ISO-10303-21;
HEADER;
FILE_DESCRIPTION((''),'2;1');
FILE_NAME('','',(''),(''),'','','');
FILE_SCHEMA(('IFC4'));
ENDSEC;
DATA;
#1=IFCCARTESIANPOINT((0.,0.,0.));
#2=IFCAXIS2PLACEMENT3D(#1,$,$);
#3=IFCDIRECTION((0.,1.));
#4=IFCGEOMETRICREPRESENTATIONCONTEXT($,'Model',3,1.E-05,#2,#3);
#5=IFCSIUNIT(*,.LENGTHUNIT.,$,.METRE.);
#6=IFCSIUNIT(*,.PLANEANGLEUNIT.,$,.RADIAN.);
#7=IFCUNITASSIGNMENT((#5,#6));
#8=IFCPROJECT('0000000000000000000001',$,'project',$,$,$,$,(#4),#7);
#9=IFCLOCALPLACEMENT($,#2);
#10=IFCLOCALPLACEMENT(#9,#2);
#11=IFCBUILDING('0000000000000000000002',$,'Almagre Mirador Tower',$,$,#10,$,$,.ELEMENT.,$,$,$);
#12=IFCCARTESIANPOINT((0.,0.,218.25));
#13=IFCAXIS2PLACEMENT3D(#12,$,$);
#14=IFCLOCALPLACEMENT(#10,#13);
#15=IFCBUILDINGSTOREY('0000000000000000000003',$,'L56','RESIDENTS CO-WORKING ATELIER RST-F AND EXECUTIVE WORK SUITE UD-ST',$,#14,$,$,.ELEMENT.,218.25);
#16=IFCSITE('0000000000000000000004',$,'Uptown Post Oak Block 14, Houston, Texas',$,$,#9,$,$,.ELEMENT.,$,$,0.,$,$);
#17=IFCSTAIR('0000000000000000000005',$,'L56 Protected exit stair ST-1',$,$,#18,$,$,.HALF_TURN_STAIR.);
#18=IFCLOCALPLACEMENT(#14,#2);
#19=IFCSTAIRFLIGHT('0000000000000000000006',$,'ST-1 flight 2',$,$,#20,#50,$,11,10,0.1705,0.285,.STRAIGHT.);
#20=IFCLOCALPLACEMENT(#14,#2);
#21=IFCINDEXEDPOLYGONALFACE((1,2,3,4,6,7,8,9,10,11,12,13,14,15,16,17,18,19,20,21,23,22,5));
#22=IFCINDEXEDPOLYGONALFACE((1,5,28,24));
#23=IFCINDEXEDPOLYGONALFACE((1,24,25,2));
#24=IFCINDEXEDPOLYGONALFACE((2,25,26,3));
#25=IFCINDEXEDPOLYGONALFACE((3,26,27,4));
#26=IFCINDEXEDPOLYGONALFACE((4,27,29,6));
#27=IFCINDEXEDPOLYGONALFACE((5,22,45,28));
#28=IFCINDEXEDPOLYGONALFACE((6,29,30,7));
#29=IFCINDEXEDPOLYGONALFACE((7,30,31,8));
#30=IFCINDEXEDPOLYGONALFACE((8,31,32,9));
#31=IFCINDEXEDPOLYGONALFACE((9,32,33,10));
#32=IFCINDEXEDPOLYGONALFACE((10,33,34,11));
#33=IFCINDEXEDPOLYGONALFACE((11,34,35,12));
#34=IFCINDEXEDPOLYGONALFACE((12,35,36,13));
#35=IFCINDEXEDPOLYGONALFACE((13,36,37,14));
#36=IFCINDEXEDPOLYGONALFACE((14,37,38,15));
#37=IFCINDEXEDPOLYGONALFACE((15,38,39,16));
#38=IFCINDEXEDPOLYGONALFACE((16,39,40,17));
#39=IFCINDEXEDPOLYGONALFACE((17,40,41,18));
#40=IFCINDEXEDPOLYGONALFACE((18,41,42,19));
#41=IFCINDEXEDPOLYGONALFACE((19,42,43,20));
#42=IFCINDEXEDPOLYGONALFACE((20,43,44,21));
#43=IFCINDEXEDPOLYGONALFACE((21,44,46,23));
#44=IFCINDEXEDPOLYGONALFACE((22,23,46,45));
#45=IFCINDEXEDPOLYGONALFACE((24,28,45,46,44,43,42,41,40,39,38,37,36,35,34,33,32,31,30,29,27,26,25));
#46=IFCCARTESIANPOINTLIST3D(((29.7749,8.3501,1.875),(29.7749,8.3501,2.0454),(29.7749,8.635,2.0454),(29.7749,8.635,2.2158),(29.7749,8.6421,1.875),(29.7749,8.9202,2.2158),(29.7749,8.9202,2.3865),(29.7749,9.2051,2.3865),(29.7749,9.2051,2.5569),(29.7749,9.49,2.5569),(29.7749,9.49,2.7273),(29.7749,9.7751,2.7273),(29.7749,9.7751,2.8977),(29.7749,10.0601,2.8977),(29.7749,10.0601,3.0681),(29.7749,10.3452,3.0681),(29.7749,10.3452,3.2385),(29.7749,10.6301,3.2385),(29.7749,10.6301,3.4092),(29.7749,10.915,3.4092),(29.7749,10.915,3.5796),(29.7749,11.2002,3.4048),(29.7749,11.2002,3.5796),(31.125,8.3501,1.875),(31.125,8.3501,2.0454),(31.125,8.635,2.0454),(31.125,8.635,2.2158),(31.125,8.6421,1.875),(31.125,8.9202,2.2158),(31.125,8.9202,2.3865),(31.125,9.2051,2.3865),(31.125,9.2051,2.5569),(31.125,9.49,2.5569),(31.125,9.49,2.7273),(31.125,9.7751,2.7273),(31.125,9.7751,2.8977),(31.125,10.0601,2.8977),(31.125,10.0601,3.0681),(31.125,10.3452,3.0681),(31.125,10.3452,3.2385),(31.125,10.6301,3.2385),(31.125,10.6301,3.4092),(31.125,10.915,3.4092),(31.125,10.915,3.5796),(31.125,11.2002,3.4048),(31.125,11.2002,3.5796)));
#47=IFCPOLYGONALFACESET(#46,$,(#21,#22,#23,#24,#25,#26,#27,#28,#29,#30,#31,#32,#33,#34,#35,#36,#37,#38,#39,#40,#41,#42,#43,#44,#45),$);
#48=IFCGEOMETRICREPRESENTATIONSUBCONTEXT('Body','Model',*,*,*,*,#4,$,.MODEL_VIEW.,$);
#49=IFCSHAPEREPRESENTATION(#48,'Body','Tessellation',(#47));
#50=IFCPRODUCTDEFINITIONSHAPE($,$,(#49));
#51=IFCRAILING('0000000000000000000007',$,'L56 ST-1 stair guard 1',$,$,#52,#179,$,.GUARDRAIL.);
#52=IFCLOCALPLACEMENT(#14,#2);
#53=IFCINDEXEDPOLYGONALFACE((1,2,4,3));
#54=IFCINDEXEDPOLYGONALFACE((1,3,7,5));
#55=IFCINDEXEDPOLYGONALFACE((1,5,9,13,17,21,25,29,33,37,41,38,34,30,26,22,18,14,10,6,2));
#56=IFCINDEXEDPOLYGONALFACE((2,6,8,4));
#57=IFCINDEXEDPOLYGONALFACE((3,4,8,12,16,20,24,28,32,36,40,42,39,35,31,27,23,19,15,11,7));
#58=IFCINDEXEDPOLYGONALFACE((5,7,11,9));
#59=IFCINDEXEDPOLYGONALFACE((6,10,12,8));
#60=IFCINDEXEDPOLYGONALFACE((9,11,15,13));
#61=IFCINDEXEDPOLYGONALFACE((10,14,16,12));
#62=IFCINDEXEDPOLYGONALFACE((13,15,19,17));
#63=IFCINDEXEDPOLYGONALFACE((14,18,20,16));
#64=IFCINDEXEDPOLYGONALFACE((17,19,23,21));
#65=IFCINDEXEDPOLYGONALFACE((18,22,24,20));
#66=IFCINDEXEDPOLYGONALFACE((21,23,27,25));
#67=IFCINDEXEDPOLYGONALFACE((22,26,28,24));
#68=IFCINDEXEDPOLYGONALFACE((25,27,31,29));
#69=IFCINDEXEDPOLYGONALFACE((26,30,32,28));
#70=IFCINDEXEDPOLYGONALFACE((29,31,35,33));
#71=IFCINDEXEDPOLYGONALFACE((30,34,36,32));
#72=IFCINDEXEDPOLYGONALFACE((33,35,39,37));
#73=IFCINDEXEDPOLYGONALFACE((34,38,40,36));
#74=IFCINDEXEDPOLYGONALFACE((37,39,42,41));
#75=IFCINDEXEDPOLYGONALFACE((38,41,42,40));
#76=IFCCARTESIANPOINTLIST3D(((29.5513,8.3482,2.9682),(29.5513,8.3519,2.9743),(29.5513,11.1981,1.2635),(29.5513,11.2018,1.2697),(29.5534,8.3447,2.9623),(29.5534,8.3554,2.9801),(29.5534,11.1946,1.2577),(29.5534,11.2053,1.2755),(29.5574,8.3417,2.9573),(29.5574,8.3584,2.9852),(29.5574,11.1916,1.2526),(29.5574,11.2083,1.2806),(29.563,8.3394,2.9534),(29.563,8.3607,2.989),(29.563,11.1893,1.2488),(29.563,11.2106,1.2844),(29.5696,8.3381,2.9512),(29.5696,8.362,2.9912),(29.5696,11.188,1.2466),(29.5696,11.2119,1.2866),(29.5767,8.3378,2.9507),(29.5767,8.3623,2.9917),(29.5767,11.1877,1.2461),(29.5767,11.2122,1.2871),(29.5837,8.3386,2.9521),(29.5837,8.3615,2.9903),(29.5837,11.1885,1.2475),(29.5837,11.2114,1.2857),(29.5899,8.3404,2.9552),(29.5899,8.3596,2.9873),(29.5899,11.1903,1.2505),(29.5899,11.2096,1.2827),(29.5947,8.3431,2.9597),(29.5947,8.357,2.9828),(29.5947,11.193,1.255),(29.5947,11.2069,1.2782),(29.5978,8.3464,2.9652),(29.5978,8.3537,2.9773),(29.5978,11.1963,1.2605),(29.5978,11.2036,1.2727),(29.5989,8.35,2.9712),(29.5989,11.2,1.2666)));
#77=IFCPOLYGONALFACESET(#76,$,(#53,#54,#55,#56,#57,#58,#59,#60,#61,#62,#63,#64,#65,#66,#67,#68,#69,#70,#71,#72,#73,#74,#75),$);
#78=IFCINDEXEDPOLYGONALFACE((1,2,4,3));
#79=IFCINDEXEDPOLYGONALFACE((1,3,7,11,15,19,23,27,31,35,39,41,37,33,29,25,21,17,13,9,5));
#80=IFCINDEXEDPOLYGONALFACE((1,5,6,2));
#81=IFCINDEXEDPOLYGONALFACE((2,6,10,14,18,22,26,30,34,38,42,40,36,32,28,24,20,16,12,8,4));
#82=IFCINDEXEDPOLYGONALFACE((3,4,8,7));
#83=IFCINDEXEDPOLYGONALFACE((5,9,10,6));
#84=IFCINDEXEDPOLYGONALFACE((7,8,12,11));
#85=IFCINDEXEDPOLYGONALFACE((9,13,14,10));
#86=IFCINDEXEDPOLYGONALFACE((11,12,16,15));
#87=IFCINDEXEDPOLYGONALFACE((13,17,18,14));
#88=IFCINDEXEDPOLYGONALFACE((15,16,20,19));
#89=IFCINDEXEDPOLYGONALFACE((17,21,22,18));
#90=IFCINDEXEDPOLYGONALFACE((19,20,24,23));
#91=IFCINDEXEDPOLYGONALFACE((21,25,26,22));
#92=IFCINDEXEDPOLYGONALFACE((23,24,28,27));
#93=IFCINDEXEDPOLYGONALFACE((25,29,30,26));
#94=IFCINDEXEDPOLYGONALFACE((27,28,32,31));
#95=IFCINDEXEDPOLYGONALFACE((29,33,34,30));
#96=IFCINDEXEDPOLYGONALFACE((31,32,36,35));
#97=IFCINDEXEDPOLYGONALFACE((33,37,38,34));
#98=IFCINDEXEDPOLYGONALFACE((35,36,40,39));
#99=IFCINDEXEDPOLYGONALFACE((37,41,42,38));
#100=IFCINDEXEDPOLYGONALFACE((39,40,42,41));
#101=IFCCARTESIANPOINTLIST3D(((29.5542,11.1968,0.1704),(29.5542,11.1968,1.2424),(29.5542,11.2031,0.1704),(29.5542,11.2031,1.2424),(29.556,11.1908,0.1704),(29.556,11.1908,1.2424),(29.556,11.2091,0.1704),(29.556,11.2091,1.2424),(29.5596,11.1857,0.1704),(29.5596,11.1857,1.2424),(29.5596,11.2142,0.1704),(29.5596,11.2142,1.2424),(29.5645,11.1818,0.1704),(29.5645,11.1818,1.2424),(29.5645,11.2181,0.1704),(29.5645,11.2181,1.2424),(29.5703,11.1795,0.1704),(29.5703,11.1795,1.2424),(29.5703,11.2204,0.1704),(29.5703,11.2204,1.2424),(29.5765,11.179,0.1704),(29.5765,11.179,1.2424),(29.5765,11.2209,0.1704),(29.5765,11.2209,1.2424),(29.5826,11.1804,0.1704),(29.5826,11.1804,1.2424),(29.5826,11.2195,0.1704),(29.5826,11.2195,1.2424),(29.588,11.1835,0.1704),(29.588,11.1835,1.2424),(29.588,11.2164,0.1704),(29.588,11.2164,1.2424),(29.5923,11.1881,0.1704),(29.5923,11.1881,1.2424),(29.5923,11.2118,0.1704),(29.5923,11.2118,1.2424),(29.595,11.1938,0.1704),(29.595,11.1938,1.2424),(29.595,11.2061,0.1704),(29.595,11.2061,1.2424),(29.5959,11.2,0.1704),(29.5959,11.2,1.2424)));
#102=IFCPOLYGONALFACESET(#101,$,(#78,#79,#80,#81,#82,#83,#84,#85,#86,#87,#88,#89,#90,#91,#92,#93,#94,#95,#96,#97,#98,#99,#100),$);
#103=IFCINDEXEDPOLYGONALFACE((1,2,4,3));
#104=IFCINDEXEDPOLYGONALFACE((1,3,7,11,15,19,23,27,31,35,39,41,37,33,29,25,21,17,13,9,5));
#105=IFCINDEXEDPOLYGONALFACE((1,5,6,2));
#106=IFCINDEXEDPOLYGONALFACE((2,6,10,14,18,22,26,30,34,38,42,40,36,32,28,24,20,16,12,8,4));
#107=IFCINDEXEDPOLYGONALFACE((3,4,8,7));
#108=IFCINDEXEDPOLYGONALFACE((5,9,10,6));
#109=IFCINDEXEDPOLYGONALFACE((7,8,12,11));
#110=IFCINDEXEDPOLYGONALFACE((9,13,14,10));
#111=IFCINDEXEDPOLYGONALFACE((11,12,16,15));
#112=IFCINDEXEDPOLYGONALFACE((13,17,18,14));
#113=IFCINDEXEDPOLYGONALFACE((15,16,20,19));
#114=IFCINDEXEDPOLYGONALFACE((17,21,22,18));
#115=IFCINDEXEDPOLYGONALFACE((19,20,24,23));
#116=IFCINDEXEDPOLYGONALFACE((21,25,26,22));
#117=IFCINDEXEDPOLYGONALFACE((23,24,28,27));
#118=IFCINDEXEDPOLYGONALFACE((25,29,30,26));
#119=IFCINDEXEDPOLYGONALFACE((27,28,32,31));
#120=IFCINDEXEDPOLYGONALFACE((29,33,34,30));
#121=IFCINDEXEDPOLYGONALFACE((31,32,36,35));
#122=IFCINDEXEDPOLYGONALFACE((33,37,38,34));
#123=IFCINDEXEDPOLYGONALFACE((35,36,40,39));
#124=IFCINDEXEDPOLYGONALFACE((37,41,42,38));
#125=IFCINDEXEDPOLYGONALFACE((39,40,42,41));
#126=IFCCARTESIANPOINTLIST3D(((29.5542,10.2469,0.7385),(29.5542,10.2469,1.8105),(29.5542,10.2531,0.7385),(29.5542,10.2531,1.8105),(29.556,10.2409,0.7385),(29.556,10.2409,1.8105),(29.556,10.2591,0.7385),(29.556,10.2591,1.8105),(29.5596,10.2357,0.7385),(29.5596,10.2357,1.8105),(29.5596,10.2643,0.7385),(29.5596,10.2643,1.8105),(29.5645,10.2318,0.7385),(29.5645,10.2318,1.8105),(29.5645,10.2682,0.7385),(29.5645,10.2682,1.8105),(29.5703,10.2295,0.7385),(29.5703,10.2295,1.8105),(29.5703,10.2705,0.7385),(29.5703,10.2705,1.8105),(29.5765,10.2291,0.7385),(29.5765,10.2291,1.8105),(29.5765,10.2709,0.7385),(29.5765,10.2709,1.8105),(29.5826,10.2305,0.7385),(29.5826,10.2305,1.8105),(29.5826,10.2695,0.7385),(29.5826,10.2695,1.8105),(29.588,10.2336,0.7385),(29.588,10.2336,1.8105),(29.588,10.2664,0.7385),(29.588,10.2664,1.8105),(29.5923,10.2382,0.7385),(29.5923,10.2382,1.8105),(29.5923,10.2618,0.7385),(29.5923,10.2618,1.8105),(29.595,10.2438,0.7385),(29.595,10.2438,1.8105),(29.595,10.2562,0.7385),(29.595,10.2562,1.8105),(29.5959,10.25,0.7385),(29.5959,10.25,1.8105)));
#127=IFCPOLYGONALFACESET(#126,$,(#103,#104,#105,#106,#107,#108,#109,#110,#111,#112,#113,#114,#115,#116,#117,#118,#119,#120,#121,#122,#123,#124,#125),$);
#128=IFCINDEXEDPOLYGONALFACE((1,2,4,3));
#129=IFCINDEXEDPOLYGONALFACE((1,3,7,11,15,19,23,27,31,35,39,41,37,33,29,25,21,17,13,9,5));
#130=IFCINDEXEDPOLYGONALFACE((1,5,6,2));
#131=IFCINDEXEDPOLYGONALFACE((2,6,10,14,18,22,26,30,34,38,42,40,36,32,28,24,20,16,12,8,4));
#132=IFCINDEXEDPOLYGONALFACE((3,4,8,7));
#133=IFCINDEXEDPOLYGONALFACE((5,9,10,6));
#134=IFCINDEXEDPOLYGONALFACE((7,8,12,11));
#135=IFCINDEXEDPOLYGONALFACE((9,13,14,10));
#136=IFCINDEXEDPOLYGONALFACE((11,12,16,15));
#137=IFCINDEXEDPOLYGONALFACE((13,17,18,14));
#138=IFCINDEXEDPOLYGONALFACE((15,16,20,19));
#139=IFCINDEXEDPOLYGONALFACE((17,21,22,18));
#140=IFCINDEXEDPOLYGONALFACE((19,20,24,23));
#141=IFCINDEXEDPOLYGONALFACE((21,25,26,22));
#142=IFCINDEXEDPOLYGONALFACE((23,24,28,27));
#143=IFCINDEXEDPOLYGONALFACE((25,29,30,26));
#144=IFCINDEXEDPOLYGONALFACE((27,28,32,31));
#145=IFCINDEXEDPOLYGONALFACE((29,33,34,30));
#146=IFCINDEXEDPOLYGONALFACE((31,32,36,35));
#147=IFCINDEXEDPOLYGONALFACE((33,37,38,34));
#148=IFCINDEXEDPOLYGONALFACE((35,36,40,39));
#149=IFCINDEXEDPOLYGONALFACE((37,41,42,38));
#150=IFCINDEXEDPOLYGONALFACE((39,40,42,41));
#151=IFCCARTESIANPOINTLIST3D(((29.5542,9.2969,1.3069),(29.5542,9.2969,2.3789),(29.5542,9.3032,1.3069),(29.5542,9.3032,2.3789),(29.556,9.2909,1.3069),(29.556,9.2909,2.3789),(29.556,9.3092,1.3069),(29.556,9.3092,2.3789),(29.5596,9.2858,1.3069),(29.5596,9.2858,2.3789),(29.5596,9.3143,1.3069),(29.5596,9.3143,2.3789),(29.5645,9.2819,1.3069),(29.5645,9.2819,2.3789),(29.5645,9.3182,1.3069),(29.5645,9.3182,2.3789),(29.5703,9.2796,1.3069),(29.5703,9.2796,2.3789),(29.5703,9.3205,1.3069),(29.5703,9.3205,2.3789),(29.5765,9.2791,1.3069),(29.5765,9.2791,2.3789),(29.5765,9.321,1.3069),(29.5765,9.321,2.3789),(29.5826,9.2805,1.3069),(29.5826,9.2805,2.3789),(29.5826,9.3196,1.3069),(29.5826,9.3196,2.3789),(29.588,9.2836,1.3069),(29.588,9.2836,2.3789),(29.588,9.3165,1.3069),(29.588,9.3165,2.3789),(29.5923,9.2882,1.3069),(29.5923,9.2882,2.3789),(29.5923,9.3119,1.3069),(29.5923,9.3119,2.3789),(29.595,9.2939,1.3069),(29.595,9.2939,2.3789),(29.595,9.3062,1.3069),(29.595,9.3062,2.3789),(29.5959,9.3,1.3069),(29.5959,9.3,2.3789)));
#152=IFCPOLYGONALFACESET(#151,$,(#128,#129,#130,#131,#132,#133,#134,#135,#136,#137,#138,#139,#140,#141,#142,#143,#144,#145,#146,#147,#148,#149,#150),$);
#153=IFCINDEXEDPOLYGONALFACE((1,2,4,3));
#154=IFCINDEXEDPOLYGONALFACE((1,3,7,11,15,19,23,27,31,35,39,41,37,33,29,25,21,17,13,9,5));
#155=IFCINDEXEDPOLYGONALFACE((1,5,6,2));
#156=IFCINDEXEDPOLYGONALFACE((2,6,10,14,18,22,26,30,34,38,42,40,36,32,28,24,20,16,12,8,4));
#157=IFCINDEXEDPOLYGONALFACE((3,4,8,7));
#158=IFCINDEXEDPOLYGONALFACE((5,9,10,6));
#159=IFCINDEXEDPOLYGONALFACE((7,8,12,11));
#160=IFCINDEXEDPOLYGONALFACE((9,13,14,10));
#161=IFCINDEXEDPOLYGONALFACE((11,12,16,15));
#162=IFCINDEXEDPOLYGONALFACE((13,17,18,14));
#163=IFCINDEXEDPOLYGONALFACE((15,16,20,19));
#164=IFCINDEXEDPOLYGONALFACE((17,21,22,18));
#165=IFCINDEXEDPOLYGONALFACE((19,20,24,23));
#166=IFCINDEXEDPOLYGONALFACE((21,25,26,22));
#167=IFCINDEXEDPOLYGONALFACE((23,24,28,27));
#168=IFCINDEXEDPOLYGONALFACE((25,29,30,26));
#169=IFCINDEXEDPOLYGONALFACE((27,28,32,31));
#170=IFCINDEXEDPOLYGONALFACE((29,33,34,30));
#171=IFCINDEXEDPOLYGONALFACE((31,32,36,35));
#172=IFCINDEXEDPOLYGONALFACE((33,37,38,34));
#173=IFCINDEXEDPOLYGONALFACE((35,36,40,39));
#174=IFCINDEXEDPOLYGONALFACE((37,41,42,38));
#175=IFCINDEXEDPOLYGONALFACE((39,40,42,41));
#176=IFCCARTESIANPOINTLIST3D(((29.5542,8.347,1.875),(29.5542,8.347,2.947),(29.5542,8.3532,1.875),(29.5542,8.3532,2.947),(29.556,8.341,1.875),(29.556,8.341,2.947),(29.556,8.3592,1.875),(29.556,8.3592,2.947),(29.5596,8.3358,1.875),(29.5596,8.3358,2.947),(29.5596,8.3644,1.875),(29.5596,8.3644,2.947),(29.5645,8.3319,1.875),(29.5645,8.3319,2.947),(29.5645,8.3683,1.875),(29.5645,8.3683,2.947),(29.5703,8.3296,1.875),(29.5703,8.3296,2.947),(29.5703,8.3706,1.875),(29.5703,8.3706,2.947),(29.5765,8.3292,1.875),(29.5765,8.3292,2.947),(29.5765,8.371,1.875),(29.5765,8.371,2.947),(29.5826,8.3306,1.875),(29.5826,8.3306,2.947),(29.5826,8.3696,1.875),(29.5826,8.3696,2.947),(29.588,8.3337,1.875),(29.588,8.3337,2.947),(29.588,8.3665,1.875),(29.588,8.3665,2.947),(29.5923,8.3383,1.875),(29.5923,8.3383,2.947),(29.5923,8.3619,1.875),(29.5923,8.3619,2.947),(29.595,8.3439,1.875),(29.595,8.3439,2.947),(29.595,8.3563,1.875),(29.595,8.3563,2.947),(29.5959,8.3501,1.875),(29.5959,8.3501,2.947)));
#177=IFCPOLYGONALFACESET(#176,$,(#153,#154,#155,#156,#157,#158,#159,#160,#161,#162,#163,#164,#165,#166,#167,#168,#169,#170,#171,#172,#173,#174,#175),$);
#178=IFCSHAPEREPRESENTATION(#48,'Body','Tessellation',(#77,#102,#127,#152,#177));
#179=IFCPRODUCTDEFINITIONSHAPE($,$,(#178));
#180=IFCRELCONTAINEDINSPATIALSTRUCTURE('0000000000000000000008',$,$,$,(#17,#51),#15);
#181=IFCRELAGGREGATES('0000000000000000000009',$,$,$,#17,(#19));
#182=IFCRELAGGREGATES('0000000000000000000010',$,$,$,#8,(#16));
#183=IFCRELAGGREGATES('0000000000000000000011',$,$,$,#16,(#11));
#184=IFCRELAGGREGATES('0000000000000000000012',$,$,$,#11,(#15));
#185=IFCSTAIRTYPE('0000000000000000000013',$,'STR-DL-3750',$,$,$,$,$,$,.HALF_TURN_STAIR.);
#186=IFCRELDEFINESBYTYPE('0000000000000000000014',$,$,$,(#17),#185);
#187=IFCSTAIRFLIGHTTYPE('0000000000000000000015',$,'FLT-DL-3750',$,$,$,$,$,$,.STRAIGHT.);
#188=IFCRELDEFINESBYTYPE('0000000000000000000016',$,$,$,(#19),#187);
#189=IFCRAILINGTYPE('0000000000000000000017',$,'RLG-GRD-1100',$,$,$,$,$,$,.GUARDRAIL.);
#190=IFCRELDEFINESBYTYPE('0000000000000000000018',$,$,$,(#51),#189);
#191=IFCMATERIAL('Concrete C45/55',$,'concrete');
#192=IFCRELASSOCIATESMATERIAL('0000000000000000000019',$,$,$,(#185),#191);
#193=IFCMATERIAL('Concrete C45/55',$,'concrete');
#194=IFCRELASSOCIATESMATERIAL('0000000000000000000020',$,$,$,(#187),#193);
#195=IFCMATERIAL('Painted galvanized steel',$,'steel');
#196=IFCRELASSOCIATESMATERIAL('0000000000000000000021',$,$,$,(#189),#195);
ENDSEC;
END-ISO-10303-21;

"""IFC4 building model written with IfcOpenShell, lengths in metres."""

from ifc_helpers import new_model, si_unit, direction, frame, origin, origin_2d, place, context, subcontext, project, spatial, polyline, circle, outline, extrude, material, type_object, element, aggregate, save


model = new_model("IFC4")

# Units and contexts
model_context = context("Model", 3, precision=1e-05, world=origin(), true_north=direction((0.0, 1.0)))
body_context = subcontext(model_context, "Body", "Model", "MODEL_VIEW")
ifc_project = project(units=[si_unit("LENGTHUNIT", "METRE"), si_unit("PLANEANGLEUNIT", "RADIAN")], contexts=[model_context])

# Site, building, storey
site_placement = place(None, origin())
site = spatial("IfcSite", under=ifc_project, at=site_placement, Name="Uptown Post Oak Block 14, Houston, Texas", CompositionType="ELEMENT", RefElevation=0.0)
building_placement = place(site_placement, origin())
building = spatial("IfcBuilding", under=site, at=building_placement, Name="Almagre Mirador Tower", CompositionType="ELEMENT")
storey_placement = place(building_placement, frame((0.0, 0.0, 218.25)))
storey = spatial("IfcBuildingStorey", under=building, at=storey_placement, Name="L56", Description="RESIDENTS CO-WORKING ATELIER RST-F AND EXECUTIVE WORK SUITE UD-ST", CompositionType="ELEMENT", Elevation=218.25)

# Stair, stair flight
ifc_material_1 = material(Name="Concrete C45/55", Category="concrete")
stair_type = type_object("IfcStairType", Name="STR-DL-3750", PredefinedType="HALF_TURN_STAIR", material=ifc_material_1)
stair_placement = place(storey_placement, origin())
stair = element("IfcStair", 1, at=stair_placement, inside=storey, type_object=stair_type, Name="L56 Protected exit stair ST-1", PredefinedType="HALF_TURN_STAIR")
ifc_material_2 = material(Name="Concrete C45/55", Category="concrete")
stair_flight_type = type_object("IfcStairFlightType", Name="FLT-DL-3750", PredefinedType="STRAIGHT", material=ifc_material_2)
stair_flight_placement = place(storey_placement, frame((30.45, 8.3501, 1.875), z_axis=(0.0, 0.0, 1.0), x_axis=(0.0, 1.0, 0.0)))
stair_flight = element("IfcStairFlight", 2, at=stair_flight_placement, type_object=stair_flight_type, Name="ST-1 flight 2", NumberOfRisers=11, NumberOfTreads=10, PredefinedType="STRAIGHT", RiserHeight=0.1705, TreadLength=0.285, context=body_context, shape_type="SweptSolid", body=[
    extrude(outline(polyline([(0.0, 0.0), (0.0, 0.1704), (0.2849, 0.1704), (0.2849, 0.3408), (0.5701, 0.3408), (0.5701, 0.5115), (0.855, 0.5115), (0.855, 0.6819), (1.1399, 0.6819), (1.1399, 0.8523), (1.425, 0.8523), (1.425, 1.0227), (1.71, 1.0227), (1.71, 1.1931), (1.9951, 1.1931), (1.9951, 1.3635), (2.28, 1.3635), (2.28, 1.5342), (2.5649, 1.5342), (2.5649, 1.7046), (2.8501, 1.7046), (2.8501, 1.875), (2.8501, 1.5298), (0.292, 0.0), (0.0, 0.0)])), frame((0.0, 0.675, 0.0), z_axis=(0.0, -1.0, 0.0), x_axis=(1.0, 0.0, 0.0)), (0.0, 0.0, 1.0), 1.3501),
])
aggregate(stair, [stair_flight])

# Railing
ifc_material_3 = material(Name="Painted galvanized steel", Category="steel")
railing_type_1 = type_object("IfcRailingType", Name="RLG-GRD-1100", PredefinedType="GUARDRAIL", material=ifc_material_3)
railing_1_placement = place(storey_placement, frame((29.575, 11.2, 0.1704)))
element("IfcRailing", 3, at=railing_1_placement, inside=storey, type_object=railing_type_1, Name="L56 ST-1 stair guard 1", PredefinedType="GUARDRAIL", context=body_context, shape_type="SweptSolid", body=[
    extrude(circle(Radius=0.0239, at=origin_2d()), frame((0.0, 0.0, 1.0962), z_axis=(0.0, -0.858199, 0.513317), x_axis=(1.0, 0.0, 0.0)), (0.0, 0.0, 1.0), 3.3208),
    extrude(circle(Radius=0.021, at=origin_2d()), origin(), (0.0, 0.0, 1.0), 1.072),
    extrude(circle(Radius=0.021, at=origin_2d()), frame((0.0, -0.95, 0.5681)), (0.0, 0.0, 1.0), 1.072),
    extrude(circle(Radius=0.021, at=origin_2d()), frame((0.0, -1.8999, 1.1365)), (0.0, 0.0, 1.0), 1.072),
    extrude(circle(Radius=0.021, at=origin_2d()), frame((0.0, -2.8499, 1.7046)), (0.0, 0.0, 1.0), 1.072),
])

save(model, "model.ifc")
